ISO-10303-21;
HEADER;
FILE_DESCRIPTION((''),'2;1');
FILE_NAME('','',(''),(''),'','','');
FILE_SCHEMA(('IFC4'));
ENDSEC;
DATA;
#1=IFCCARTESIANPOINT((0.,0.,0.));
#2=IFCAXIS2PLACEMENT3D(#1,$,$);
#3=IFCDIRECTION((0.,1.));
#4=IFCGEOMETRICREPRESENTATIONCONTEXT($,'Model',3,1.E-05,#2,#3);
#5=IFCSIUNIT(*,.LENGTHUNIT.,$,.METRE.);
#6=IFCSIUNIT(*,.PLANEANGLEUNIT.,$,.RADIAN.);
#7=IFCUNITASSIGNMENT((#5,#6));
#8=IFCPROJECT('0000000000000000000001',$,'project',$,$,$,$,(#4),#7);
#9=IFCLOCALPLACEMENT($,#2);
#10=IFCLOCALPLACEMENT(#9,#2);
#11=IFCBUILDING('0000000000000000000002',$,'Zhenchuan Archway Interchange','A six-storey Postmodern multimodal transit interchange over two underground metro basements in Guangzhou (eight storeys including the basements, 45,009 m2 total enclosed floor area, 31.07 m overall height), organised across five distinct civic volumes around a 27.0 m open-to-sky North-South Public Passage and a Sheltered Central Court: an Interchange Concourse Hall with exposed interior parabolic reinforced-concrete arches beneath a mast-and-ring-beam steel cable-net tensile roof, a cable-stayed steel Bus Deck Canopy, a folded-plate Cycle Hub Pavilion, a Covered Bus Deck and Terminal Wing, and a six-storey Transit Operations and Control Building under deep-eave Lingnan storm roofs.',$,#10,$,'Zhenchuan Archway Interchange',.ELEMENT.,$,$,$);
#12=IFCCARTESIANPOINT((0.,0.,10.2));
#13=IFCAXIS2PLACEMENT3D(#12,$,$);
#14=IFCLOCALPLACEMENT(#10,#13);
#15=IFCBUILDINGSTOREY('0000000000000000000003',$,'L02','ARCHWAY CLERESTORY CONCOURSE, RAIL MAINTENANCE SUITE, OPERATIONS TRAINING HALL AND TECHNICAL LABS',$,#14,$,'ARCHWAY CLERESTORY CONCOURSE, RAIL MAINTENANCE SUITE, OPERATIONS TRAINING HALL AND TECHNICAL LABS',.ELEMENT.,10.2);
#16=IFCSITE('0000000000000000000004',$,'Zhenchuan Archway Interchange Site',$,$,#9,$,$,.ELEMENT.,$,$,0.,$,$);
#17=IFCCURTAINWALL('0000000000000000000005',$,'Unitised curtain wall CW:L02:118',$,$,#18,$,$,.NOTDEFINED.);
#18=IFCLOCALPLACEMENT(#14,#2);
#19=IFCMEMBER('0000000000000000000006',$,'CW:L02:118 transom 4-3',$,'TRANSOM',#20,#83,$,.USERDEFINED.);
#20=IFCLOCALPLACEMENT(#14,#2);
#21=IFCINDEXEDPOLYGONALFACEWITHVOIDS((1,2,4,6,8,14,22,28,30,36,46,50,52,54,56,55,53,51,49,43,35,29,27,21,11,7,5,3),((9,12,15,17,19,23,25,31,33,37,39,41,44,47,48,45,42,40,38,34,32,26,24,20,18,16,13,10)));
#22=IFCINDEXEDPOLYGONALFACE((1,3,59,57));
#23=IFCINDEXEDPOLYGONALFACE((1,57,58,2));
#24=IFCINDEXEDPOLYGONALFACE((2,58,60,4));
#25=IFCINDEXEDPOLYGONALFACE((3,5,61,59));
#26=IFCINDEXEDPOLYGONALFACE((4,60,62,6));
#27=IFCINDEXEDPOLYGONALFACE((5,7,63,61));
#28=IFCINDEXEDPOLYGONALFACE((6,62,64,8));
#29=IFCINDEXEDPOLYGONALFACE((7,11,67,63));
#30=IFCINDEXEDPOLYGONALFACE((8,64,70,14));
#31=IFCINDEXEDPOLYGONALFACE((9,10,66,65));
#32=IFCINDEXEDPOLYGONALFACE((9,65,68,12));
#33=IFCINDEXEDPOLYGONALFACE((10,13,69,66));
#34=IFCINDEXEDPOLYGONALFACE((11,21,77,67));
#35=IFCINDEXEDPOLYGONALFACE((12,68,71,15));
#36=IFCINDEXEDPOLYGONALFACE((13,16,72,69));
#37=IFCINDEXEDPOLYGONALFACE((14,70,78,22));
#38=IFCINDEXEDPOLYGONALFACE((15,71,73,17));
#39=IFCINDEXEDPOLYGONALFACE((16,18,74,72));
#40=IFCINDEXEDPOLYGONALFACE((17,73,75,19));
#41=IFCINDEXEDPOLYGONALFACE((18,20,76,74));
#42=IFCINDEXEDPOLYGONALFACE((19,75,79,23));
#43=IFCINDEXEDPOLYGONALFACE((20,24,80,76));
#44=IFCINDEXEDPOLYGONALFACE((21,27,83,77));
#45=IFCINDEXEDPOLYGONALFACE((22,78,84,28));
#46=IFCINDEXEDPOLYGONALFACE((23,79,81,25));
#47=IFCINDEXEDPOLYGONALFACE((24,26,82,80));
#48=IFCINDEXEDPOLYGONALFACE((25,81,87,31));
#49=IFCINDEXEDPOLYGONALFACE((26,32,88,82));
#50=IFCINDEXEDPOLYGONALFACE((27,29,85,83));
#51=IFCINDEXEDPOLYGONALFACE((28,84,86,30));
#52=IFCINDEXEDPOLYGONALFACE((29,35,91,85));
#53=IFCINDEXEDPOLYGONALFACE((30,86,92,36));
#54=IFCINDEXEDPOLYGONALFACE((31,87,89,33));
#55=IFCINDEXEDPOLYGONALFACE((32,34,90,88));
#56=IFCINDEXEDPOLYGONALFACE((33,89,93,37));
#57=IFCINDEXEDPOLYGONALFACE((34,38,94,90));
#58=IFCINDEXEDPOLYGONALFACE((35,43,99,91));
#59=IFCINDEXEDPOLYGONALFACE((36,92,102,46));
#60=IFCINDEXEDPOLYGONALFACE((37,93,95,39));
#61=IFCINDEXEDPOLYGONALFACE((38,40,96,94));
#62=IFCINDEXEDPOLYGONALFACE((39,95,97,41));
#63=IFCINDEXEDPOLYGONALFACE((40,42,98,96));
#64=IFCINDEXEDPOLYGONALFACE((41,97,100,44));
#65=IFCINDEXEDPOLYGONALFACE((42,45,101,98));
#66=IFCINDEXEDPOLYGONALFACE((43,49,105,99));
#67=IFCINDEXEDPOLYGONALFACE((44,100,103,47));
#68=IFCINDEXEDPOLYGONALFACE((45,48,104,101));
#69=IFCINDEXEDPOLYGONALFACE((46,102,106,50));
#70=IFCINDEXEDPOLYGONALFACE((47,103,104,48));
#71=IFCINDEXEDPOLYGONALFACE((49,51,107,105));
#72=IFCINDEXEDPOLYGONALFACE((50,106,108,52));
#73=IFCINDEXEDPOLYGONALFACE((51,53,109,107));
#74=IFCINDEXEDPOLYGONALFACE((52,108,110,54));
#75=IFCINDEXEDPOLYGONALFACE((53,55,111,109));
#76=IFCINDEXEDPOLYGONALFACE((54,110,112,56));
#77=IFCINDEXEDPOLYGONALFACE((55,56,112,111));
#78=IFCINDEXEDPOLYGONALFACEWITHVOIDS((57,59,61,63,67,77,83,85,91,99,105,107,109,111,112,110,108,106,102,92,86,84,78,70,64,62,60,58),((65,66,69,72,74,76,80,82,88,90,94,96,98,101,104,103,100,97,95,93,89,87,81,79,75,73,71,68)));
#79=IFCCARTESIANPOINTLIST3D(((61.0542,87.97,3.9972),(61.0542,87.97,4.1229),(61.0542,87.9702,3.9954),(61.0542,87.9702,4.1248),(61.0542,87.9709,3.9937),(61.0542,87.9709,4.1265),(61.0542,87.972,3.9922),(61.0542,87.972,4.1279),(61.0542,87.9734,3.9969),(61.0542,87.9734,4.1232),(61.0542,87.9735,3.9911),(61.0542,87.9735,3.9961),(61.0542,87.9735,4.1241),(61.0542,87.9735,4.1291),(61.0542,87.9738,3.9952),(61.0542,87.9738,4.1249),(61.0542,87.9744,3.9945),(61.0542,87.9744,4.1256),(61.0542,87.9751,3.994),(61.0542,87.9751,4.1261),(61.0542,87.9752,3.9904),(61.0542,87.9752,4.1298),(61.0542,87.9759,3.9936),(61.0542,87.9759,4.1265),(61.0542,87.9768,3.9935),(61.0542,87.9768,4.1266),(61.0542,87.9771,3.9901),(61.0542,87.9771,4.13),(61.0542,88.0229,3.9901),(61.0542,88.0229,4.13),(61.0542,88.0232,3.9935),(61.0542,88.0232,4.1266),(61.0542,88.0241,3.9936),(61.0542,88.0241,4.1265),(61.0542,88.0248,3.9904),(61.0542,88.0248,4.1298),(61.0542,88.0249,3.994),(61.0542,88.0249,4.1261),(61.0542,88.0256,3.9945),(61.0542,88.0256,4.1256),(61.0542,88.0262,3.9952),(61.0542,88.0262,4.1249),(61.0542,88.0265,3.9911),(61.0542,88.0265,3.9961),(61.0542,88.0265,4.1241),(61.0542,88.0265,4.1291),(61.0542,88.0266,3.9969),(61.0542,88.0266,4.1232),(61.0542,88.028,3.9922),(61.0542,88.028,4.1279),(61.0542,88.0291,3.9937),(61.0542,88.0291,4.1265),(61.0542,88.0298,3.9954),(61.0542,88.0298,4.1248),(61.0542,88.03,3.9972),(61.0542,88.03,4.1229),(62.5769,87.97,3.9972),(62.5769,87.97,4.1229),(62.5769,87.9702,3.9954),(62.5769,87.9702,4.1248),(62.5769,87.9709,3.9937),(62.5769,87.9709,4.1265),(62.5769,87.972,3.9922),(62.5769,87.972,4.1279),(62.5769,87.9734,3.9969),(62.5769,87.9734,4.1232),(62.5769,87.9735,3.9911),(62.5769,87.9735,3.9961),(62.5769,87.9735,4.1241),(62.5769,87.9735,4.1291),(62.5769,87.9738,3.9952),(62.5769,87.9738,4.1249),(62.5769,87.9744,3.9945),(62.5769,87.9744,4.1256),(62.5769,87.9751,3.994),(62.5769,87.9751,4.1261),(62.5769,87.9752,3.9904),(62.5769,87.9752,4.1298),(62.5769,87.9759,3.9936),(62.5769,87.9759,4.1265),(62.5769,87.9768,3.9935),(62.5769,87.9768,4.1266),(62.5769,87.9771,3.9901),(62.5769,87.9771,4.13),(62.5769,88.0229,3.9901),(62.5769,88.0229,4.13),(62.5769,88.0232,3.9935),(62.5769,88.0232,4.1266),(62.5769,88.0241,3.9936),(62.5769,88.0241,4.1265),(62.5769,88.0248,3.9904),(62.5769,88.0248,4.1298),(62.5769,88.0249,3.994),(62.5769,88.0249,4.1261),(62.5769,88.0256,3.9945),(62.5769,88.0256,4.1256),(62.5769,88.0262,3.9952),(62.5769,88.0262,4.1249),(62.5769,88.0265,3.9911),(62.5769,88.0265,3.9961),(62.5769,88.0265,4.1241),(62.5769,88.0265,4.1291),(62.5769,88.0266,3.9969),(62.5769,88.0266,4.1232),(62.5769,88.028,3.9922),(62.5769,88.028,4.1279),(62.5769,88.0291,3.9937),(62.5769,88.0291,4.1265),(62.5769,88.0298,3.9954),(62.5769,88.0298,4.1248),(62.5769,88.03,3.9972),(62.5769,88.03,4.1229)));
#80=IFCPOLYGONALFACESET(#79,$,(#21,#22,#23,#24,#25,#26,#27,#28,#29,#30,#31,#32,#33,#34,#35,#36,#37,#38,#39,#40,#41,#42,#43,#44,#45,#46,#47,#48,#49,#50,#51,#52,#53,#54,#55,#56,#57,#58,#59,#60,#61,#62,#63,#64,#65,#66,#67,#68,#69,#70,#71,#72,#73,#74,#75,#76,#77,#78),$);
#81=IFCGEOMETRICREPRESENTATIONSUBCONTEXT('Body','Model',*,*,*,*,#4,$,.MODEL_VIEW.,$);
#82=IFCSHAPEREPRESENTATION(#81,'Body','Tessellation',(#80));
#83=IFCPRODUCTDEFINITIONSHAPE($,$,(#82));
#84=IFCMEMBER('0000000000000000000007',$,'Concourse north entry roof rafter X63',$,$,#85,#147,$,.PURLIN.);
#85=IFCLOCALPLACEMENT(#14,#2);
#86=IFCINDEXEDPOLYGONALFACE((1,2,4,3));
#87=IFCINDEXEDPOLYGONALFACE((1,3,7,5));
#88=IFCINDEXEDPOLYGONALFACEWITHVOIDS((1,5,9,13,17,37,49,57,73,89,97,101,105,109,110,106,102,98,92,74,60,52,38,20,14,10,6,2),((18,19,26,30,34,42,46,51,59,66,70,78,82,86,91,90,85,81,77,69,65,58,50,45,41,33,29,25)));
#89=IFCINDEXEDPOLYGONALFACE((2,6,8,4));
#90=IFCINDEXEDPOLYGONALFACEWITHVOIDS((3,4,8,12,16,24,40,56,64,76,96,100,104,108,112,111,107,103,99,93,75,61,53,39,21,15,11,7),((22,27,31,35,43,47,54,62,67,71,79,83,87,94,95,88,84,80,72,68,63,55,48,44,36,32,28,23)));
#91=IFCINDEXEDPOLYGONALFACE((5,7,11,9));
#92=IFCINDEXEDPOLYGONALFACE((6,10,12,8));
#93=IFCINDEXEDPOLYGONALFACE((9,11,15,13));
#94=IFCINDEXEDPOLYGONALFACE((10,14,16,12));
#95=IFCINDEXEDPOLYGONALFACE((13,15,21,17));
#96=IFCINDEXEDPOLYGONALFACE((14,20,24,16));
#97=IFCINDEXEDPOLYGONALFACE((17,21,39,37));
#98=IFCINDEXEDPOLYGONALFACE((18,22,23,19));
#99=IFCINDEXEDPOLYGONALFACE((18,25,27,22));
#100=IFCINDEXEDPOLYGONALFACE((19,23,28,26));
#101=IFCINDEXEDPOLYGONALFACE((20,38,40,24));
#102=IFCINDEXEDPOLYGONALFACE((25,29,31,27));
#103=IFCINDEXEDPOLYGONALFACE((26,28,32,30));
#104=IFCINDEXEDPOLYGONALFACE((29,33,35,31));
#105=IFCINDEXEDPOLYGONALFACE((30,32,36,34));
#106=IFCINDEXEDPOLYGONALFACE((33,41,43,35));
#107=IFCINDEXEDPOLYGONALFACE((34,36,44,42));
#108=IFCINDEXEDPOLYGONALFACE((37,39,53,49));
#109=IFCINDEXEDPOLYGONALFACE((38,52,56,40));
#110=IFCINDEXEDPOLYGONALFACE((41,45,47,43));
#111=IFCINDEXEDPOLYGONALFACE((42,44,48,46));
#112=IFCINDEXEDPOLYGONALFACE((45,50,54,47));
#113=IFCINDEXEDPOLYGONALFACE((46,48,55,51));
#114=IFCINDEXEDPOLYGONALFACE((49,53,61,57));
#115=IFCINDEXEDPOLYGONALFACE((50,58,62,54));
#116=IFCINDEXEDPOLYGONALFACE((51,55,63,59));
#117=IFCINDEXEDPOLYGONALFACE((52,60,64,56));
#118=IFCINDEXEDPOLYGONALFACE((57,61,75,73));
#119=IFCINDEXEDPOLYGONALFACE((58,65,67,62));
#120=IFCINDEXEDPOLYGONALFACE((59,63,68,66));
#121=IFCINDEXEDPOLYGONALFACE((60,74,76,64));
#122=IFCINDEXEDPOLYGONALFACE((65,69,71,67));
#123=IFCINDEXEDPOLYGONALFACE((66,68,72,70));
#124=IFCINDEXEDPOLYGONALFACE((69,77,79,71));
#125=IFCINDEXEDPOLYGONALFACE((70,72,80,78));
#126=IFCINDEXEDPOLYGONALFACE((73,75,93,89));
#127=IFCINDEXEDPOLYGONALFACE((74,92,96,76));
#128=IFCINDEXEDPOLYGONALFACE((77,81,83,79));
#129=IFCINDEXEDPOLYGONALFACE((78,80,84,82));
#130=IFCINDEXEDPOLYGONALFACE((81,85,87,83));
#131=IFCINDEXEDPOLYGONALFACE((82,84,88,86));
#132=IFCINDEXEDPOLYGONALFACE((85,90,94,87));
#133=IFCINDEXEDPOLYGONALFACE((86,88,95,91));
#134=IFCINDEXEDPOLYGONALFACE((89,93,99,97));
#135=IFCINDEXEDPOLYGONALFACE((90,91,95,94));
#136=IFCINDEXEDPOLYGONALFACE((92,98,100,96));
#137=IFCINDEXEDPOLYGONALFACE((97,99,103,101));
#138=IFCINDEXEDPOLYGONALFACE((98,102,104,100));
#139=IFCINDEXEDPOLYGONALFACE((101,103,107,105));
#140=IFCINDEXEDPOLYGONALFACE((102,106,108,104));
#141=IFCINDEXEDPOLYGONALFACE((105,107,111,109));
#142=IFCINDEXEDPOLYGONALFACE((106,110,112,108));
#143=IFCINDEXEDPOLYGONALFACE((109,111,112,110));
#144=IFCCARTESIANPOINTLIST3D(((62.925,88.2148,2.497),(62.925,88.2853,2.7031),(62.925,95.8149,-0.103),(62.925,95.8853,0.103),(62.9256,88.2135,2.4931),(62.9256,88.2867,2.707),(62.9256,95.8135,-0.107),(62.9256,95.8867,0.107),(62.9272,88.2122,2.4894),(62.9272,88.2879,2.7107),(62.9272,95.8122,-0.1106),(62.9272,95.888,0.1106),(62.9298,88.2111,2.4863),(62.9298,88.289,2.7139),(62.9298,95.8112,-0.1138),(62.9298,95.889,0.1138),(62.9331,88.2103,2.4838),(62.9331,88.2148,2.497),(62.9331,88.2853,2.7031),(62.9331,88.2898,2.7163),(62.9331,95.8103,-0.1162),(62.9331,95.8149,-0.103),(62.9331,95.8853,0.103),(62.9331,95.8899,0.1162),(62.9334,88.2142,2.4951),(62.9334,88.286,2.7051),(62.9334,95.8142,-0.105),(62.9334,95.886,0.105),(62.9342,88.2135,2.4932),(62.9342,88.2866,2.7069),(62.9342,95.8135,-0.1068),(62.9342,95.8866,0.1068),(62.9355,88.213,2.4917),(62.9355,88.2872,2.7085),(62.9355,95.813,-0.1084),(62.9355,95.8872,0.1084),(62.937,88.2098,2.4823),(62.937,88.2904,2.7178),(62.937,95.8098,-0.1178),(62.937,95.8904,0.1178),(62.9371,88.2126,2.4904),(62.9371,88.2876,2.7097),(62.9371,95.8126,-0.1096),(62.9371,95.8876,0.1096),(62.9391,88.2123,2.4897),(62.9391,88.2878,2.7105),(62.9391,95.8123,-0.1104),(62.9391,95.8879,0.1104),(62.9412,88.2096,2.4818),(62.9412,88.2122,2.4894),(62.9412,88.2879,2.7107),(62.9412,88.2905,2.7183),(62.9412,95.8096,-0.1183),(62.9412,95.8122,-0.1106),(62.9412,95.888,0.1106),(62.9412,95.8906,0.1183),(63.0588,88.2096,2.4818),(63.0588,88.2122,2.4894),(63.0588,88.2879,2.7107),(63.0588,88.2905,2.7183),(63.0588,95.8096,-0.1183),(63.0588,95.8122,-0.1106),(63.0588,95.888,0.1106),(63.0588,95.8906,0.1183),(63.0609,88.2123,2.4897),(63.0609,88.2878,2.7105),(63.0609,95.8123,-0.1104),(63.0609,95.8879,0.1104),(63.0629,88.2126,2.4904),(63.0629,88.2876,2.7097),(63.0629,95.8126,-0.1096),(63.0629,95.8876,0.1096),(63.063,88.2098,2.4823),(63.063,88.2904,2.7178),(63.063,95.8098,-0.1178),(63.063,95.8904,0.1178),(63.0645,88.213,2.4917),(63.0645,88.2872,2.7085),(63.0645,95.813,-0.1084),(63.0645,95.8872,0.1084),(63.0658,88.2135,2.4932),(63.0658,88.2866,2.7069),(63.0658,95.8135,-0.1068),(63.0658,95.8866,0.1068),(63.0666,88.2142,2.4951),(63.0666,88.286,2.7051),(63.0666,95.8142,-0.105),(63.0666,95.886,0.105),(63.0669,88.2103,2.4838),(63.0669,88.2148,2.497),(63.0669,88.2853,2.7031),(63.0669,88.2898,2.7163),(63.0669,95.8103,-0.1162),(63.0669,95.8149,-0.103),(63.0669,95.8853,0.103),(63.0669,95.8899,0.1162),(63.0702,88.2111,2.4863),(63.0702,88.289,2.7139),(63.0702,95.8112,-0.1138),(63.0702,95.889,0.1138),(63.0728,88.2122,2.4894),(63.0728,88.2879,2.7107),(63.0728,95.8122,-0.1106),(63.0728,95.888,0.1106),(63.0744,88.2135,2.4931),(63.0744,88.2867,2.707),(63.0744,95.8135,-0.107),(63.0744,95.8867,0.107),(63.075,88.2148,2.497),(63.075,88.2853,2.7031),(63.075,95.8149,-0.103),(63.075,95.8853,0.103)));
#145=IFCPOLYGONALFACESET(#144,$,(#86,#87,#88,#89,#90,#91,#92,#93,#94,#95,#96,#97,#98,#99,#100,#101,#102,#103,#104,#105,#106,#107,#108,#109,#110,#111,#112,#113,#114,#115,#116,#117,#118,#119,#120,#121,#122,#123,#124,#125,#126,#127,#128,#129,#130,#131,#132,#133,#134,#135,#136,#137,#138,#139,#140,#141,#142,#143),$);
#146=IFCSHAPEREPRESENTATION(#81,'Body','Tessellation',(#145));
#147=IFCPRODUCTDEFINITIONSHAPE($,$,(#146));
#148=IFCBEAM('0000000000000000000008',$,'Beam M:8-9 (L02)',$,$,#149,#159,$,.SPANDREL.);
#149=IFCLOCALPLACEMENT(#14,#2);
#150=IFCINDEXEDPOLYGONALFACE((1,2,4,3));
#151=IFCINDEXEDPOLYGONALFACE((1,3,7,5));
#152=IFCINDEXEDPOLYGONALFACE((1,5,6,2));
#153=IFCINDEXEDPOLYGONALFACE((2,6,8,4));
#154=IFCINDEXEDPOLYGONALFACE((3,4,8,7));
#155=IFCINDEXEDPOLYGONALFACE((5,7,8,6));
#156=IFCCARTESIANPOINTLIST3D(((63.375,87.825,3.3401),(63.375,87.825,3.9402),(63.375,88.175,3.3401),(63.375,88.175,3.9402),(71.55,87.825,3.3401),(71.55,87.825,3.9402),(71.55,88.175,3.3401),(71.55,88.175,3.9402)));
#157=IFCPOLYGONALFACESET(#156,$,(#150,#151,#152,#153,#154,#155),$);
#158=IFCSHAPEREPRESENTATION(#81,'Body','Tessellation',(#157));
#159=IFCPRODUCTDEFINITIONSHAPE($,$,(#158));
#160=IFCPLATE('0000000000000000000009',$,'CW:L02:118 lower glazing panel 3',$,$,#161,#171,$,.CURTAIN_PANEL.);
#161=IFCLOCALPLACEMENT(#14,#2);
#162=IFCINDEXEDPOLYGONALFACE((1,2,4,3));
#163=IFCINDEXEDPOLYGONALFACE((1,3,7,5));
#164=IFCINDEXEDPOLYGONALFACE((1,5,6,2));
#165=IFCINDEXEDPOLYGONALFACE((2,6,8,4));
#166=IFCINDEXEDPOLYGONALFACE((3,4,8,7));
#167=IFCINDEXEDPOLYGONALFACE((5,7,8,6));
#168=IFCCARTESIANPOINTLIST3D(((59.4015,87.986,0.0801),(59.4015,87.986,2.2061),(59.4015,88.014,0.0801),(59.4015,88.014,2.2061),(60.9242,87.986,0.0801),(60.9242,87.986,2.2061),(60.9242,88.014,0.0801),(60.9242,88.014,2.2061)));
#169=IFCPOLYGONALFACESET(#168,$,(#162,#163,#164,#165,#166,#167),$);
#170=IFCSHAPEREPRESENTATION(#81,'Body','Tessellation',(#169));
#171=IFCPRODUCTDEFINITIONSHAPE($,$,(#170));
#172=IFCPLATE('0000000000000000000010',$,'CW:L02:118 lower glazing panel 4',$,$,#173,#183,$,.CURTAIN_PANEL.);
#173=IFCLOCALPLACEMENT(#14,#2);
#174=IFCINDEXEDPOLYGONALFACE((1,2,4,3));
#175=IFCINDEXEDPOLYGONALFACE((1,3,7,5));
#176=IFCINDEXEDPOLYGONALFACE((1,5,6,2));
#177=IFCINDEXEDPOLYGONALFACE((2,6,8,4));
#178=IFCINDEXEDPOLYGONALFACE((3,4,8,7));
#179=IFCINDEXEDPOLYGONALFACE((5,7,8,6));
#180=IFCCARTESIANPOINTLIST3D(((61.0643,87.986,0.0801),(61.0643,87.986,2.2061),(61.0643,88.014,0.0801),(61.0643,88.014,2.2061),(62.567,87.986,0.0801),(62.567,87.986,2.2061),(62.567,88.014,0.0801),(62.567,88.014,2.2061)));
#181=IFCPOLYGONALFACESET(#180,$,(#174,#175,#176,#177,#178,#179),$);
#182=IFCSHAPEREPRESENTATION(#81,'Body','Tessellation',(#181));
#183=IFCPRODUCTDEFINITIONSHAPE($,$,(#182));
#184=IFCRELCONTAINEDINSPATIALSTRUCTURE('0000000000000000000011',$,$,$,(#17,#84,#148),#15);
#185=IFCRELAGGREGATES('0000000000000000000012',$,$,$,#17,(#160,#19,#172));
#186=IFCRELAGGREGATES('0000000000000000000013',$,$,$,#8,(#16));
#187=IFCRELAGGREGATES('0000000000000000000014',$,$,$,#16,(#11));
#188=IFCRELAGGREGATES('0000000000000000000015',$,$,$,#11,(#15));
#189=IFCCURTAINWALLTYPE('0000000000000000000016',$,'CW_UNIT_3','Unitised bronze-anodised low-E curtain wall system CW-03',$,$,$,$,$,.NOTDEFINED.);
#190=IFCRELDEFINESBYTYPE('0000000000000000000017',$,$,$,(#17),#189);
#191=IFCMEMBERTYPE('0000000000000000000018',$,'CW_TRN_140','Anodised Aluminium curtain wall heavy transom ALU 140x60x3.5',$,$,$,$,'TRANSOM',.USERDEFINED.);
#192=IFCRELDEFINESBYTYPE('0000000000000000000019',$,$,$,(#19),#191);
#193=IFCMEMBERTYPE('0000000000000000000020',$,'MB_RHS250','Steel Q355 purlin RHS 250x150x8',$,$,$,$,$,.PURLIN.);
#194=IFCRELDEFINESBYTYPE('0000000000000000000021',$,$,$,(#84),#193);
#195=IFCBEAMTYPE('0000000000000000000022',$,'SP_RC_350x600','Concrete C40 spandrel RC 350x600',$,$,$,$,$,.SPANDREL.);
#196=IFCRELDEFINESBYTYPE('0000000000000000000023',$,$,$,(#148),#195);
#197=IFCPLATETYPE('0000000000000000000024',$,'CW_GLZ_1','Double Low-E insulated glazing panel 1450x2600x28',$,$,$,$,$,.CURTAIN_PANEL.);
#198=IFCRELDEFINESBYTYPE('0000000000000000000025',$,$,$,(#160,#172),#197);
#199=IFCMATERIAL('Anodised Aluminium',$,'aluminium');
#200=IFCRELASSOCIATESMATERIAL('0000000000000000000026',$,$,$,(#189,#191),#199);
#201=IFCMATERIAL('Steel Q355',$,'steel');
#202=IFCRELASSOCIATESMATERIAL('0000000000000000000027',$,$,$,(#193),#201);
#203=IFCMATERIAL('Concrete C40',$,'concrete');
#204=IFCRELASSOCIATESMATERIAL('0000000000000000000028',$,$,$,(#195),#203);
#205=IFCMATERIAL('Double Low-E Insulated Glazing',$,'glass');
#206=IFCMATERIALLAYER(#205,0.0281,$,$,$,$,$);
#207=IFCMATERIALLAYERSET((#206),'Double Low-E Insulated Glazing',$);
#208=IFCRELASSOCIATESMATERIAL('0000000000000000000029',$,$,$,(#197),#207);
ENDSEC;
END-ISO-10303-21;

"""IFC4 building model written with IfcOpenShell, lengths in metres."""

from ifc_helpers import new_model, si_unit, direction, frame, origin, origin_2d, place, context, subcontext, project, spatial, rectangle, hollow_rectangle, extrude, material, layer, layer_set, material_profile, profile_set, type_object, element, aggregate, save


model = new_model("IFC4")

# Units and contexts
model_context = context("Model", 3, precision=1e-05, world=origin(), true_north=direction((0.0, 1.0)))
body_context = subcontext(model_context, "Body", "Model", "MODEL_VIEW")
ifc_project = project(units=[si_unit("LENGTHUNIT", "METRE"), si_unit("PLANEANGLEUNIT", "RADIAN")], contexts=[model_context])

# Site, building, storey
site_placement = place(None, origin())
site = spatial("IfcSite", under=ifc_project, at=site_placement, Name="Zhenchuan Archway Interchange Site", CompositionType="ELEMENT", RefElevation=0.0)
building_placement = place(site_placement, origin())
building = spatial("IfcBuilding", under=site, at=building_placement, Name="Zhenchuan Archway Interchange", Description="A six-storey Postmodern multimodal transit interchange over two underground metro basements in Guangzhou (eight storeys including the basements, 45,009 m2 total enclosed floor area, 31.07 m overall height), organised across five distinct civic volumes around a 27.0 m open-to-sky North-South Public Passage and a Sheltered Central Court: an Interchange Concourse Hall with exposed interior parabolic reinforced-concrete arches beneath a mast-and-ring-beam steel cable-net tensile roof, a cable-stayed steel Bus Deck Canopy, a folded-plate Cycle Hub Pavilion, a Covered Bus Deck and Terminal Wing, and a six-storey Transit Operations and Control Building under deep-eave Lingnan storm roofs.", LongName="Zhenchuan Archway Interchange", CompositionType="ELEMENT")
storey_placement = place(building_placement, frame((0.0, 0.0, 10.2)))
storey = spatial("IfcBuildingStorey", under=building, at=storey_placement, Name="L02", Description="ARCHWAY CLERESTORY CONCOURSE, RAIL MAINTENANCE SUITE, OPERATIONS TRAINING HALL AND TECHNICAL LABS", LongName="ARCHWAY CLERESTORY CONCOURSE, RAIL MAINTENANCE SUITE, OPERATIONS TRAINING HALL AND TECHNICAL LABS", CompositionType="ELEMENT", Elevation=10.2)

# Shared definitions
ifc_material_1 = material(Name="Concrete C40", Category="concrete")

# Curtain wall, member
ifc_material_2 = material(Name="Anodised Aluminium", Category="aluminium")
curtain_wall_type = type_object("IfcCurtainWallType", Name="CW_UNIT_3", Description="Unitised bronze-anodised low-E curtain wall system CW-03", PredefinedType="NOTDEFINED", material=ifc_material_2)
curtain_wall_placement = place(storey_placement, origin())
curtain_wall = element("IfcCurtainWall", 1, at=curtain_wall_placement, inside=storey, type_object=curtain_wall_type, Name="Unitised curtain wall CW:L02:118", PredefinedType="NOTDEFINED")
ifc_material_profile_1 = material_profile(ifc_material_2, hollow_rectangle(XDim=0.0601, YDim=0.1399, WallThickness=0.0034, InnerFilletRadius=0.0034, OuterFilletRadius=0.0071, at=origin_2d()), Name="ALU 140x60x3.5")
ifc_profile_set_1 = profile_set([ifc_material_profile_1], Name="Anodised Aluminium")
member_type_1 = type_object("IfcMemberType", Name="CW_TRN_140", Description="Anodised Aluminium curtain wall heavy transom ALU 140x60x3.5", ElementType="TRANSOM", PredefinedType="USERDEFINED", material=ifc_profile_set_1)
member_1_placement = place(storey_placement, frame((61.0542, 88.0, 4.0601), z_axis=(1.0, 0.0, 0.0), x_axis=(0.0, 1.0, 0.0)))
member_1 = element("IfcMember", 2, at=member_1_placement, type_object=member_type_1, Name="CW:L02:118 transom 4-3", ObjectType="TRANSOM", PredefinedType="USERDEFINED", context=body_context, shape_type="SweptSolid", body=[
    extrude(hollow_rectangle(XDim=0.0601, YDim=0.1399, WallThickness=0.0034, InnerFilletRadius=0.0034, OuterFilletRadius=0.0071, at=origin_2d()), origin(), (0.0, 0.0, 1.0), 1.5227),
])

# Member
ifc_material_3 = material(Name="Steel Q355", Category="steel")
ifc_material_profile_2 = material_profile(ifc_material_3, hollow_rectangle(XDim=0.1499, YDim=0.25, WallThickness=0.0081, InnerFilletRadius=0.0081, OuterFilletRadius=0.0161, at=origin_2d()), Name="RHS 250x150x8")
ifc_profile_set_2 = profile_set([ifc_material_profile_2], Name="Steel Q355")
member_type_2 = type_object("IfcMemberType", Name="MB_RHS250", Description="Steel Q355 purlin RHS 250x150x8", PredefinedType="PURLIN", material=ifc_profile_set_2)
member_2_placement = place(storey_placement, frame((63.0, 95.8501, 0.0), z_axis=(0.0, -0.946162, 0.323695), x_axis=(1.0, 0.0, 0.0)))
element("IfcMember", 3, at=member_2_placement, inside=storey, type_object=member_type_2, Name="Concourse north entry roof rafter X63", PredefinedType="PURLIN", context=body_context, shape_type="SweptSolid", body=[
    extrude(hollow_rectangle(XDim=0.1499, YDim=0.25, WallThickness=0.0081, InnerFilletRadius=0.0081, OuterFilletRadius=0.0161, at=origin_2d()), origin(), (0.0, 0.0, 1.0), 8.0325),
])

# Beam
ifc_material_profile_3 = material_profile(ifc_material_1, rectangle(XDim=0.3501, YDim=0.6001, at=origin_2d()), Name="RC 350x600")
ifc_profile_set_3 = profile_set([ifc_material_profile_3], Name="Concrete C40")
beam_type = type_object("IfcBeamType", Name="SP_RC_350x600", Description="Concrete C40 spandrel RC 350x600", PredefinedType="SPANDREL", material=ifc_profile_set_3)
beam_placement = place(storey_placement, frame((63.375, 88.0, 3.6401), z_axis=(1.0, 0.0, 0.0), x_axis=(0.0, 1.0, 0.0)))
element("IfcBeam", 4, at=beam_placement, inside=storey, type_object=beam_type, Name="Beam M:8-9 (L02)", PredefinedType="SPANDREL", context=body_context, shape_type="SweptSolid", body=[
    extrude(rectangle(XDim=0.3501, YDim=0.6001, at=origin_2d()), origin(), (0.0, 0.0, 1.0), 8.175),
])

# Plates
ifc_material_4 = material(Name="Double Low-E Insulated Glazing", Category="glass")
ifc_layer_1 = layer(ifc_material_4, 0.0281)
ifc_layer_set_1 = layer_set([ifc_layer_1], Name="Double Low-E Insulated Glazing")
plate_type_1 = type_object("IfcPlateType", Name="CW_GLZ_1", Description="Double Low-E insulated glazing panel 1450x2600x28", PredefinedType="CURTAIN_PANEL", material=ifc_layer_set_1)
plate_1_placement = place(storey_placement, frame((60.1628, 88.0, 0.0801), z_axis=(0.0, 0.0, 1.0), x_axis=(1.0, 0.0, 0.0)))
plate_1 = element("IfcPlate", 5, at=plate_1_placement, type_object=plate_type_1, Name="CW:L02:118 lower glazing panel 3", PredefinedType="CURTAIN_PANEL", context=body_context, shape_type="SweptSolid", body=[
    extrude(rectangle(XDim=1.5227, YDim=0.0281, at=origin_2d()), origin(), (0.0, 0.0, 1.0), 2.126),
])
plate_2_placement = place(storey_placement, frame((61.8157, 88.0, 0.0801), z_axis=(0.0, 0.0, 1.0), x_axis=(1.0, 0.0, 0.0)))
plate_2 = element("IfcPlate", 6, at=plate_2_placement, type_object=plate_type_1, Name="CW:L02:118 lower glazing panel 4", PredefinedType="CURTAIN_PANEL", context=body_context, shape_type="SweptSolid", body=[
    extrude(rectangle(XDim=1.5027, YDim=0.0281, at=origin_2d()), origin(), (0.0, 0.0, 1.0), 2.126),
])
aggregate(curtain_wall, [plate_1, member_1, plate_2])

save(model, "model.ifc")
